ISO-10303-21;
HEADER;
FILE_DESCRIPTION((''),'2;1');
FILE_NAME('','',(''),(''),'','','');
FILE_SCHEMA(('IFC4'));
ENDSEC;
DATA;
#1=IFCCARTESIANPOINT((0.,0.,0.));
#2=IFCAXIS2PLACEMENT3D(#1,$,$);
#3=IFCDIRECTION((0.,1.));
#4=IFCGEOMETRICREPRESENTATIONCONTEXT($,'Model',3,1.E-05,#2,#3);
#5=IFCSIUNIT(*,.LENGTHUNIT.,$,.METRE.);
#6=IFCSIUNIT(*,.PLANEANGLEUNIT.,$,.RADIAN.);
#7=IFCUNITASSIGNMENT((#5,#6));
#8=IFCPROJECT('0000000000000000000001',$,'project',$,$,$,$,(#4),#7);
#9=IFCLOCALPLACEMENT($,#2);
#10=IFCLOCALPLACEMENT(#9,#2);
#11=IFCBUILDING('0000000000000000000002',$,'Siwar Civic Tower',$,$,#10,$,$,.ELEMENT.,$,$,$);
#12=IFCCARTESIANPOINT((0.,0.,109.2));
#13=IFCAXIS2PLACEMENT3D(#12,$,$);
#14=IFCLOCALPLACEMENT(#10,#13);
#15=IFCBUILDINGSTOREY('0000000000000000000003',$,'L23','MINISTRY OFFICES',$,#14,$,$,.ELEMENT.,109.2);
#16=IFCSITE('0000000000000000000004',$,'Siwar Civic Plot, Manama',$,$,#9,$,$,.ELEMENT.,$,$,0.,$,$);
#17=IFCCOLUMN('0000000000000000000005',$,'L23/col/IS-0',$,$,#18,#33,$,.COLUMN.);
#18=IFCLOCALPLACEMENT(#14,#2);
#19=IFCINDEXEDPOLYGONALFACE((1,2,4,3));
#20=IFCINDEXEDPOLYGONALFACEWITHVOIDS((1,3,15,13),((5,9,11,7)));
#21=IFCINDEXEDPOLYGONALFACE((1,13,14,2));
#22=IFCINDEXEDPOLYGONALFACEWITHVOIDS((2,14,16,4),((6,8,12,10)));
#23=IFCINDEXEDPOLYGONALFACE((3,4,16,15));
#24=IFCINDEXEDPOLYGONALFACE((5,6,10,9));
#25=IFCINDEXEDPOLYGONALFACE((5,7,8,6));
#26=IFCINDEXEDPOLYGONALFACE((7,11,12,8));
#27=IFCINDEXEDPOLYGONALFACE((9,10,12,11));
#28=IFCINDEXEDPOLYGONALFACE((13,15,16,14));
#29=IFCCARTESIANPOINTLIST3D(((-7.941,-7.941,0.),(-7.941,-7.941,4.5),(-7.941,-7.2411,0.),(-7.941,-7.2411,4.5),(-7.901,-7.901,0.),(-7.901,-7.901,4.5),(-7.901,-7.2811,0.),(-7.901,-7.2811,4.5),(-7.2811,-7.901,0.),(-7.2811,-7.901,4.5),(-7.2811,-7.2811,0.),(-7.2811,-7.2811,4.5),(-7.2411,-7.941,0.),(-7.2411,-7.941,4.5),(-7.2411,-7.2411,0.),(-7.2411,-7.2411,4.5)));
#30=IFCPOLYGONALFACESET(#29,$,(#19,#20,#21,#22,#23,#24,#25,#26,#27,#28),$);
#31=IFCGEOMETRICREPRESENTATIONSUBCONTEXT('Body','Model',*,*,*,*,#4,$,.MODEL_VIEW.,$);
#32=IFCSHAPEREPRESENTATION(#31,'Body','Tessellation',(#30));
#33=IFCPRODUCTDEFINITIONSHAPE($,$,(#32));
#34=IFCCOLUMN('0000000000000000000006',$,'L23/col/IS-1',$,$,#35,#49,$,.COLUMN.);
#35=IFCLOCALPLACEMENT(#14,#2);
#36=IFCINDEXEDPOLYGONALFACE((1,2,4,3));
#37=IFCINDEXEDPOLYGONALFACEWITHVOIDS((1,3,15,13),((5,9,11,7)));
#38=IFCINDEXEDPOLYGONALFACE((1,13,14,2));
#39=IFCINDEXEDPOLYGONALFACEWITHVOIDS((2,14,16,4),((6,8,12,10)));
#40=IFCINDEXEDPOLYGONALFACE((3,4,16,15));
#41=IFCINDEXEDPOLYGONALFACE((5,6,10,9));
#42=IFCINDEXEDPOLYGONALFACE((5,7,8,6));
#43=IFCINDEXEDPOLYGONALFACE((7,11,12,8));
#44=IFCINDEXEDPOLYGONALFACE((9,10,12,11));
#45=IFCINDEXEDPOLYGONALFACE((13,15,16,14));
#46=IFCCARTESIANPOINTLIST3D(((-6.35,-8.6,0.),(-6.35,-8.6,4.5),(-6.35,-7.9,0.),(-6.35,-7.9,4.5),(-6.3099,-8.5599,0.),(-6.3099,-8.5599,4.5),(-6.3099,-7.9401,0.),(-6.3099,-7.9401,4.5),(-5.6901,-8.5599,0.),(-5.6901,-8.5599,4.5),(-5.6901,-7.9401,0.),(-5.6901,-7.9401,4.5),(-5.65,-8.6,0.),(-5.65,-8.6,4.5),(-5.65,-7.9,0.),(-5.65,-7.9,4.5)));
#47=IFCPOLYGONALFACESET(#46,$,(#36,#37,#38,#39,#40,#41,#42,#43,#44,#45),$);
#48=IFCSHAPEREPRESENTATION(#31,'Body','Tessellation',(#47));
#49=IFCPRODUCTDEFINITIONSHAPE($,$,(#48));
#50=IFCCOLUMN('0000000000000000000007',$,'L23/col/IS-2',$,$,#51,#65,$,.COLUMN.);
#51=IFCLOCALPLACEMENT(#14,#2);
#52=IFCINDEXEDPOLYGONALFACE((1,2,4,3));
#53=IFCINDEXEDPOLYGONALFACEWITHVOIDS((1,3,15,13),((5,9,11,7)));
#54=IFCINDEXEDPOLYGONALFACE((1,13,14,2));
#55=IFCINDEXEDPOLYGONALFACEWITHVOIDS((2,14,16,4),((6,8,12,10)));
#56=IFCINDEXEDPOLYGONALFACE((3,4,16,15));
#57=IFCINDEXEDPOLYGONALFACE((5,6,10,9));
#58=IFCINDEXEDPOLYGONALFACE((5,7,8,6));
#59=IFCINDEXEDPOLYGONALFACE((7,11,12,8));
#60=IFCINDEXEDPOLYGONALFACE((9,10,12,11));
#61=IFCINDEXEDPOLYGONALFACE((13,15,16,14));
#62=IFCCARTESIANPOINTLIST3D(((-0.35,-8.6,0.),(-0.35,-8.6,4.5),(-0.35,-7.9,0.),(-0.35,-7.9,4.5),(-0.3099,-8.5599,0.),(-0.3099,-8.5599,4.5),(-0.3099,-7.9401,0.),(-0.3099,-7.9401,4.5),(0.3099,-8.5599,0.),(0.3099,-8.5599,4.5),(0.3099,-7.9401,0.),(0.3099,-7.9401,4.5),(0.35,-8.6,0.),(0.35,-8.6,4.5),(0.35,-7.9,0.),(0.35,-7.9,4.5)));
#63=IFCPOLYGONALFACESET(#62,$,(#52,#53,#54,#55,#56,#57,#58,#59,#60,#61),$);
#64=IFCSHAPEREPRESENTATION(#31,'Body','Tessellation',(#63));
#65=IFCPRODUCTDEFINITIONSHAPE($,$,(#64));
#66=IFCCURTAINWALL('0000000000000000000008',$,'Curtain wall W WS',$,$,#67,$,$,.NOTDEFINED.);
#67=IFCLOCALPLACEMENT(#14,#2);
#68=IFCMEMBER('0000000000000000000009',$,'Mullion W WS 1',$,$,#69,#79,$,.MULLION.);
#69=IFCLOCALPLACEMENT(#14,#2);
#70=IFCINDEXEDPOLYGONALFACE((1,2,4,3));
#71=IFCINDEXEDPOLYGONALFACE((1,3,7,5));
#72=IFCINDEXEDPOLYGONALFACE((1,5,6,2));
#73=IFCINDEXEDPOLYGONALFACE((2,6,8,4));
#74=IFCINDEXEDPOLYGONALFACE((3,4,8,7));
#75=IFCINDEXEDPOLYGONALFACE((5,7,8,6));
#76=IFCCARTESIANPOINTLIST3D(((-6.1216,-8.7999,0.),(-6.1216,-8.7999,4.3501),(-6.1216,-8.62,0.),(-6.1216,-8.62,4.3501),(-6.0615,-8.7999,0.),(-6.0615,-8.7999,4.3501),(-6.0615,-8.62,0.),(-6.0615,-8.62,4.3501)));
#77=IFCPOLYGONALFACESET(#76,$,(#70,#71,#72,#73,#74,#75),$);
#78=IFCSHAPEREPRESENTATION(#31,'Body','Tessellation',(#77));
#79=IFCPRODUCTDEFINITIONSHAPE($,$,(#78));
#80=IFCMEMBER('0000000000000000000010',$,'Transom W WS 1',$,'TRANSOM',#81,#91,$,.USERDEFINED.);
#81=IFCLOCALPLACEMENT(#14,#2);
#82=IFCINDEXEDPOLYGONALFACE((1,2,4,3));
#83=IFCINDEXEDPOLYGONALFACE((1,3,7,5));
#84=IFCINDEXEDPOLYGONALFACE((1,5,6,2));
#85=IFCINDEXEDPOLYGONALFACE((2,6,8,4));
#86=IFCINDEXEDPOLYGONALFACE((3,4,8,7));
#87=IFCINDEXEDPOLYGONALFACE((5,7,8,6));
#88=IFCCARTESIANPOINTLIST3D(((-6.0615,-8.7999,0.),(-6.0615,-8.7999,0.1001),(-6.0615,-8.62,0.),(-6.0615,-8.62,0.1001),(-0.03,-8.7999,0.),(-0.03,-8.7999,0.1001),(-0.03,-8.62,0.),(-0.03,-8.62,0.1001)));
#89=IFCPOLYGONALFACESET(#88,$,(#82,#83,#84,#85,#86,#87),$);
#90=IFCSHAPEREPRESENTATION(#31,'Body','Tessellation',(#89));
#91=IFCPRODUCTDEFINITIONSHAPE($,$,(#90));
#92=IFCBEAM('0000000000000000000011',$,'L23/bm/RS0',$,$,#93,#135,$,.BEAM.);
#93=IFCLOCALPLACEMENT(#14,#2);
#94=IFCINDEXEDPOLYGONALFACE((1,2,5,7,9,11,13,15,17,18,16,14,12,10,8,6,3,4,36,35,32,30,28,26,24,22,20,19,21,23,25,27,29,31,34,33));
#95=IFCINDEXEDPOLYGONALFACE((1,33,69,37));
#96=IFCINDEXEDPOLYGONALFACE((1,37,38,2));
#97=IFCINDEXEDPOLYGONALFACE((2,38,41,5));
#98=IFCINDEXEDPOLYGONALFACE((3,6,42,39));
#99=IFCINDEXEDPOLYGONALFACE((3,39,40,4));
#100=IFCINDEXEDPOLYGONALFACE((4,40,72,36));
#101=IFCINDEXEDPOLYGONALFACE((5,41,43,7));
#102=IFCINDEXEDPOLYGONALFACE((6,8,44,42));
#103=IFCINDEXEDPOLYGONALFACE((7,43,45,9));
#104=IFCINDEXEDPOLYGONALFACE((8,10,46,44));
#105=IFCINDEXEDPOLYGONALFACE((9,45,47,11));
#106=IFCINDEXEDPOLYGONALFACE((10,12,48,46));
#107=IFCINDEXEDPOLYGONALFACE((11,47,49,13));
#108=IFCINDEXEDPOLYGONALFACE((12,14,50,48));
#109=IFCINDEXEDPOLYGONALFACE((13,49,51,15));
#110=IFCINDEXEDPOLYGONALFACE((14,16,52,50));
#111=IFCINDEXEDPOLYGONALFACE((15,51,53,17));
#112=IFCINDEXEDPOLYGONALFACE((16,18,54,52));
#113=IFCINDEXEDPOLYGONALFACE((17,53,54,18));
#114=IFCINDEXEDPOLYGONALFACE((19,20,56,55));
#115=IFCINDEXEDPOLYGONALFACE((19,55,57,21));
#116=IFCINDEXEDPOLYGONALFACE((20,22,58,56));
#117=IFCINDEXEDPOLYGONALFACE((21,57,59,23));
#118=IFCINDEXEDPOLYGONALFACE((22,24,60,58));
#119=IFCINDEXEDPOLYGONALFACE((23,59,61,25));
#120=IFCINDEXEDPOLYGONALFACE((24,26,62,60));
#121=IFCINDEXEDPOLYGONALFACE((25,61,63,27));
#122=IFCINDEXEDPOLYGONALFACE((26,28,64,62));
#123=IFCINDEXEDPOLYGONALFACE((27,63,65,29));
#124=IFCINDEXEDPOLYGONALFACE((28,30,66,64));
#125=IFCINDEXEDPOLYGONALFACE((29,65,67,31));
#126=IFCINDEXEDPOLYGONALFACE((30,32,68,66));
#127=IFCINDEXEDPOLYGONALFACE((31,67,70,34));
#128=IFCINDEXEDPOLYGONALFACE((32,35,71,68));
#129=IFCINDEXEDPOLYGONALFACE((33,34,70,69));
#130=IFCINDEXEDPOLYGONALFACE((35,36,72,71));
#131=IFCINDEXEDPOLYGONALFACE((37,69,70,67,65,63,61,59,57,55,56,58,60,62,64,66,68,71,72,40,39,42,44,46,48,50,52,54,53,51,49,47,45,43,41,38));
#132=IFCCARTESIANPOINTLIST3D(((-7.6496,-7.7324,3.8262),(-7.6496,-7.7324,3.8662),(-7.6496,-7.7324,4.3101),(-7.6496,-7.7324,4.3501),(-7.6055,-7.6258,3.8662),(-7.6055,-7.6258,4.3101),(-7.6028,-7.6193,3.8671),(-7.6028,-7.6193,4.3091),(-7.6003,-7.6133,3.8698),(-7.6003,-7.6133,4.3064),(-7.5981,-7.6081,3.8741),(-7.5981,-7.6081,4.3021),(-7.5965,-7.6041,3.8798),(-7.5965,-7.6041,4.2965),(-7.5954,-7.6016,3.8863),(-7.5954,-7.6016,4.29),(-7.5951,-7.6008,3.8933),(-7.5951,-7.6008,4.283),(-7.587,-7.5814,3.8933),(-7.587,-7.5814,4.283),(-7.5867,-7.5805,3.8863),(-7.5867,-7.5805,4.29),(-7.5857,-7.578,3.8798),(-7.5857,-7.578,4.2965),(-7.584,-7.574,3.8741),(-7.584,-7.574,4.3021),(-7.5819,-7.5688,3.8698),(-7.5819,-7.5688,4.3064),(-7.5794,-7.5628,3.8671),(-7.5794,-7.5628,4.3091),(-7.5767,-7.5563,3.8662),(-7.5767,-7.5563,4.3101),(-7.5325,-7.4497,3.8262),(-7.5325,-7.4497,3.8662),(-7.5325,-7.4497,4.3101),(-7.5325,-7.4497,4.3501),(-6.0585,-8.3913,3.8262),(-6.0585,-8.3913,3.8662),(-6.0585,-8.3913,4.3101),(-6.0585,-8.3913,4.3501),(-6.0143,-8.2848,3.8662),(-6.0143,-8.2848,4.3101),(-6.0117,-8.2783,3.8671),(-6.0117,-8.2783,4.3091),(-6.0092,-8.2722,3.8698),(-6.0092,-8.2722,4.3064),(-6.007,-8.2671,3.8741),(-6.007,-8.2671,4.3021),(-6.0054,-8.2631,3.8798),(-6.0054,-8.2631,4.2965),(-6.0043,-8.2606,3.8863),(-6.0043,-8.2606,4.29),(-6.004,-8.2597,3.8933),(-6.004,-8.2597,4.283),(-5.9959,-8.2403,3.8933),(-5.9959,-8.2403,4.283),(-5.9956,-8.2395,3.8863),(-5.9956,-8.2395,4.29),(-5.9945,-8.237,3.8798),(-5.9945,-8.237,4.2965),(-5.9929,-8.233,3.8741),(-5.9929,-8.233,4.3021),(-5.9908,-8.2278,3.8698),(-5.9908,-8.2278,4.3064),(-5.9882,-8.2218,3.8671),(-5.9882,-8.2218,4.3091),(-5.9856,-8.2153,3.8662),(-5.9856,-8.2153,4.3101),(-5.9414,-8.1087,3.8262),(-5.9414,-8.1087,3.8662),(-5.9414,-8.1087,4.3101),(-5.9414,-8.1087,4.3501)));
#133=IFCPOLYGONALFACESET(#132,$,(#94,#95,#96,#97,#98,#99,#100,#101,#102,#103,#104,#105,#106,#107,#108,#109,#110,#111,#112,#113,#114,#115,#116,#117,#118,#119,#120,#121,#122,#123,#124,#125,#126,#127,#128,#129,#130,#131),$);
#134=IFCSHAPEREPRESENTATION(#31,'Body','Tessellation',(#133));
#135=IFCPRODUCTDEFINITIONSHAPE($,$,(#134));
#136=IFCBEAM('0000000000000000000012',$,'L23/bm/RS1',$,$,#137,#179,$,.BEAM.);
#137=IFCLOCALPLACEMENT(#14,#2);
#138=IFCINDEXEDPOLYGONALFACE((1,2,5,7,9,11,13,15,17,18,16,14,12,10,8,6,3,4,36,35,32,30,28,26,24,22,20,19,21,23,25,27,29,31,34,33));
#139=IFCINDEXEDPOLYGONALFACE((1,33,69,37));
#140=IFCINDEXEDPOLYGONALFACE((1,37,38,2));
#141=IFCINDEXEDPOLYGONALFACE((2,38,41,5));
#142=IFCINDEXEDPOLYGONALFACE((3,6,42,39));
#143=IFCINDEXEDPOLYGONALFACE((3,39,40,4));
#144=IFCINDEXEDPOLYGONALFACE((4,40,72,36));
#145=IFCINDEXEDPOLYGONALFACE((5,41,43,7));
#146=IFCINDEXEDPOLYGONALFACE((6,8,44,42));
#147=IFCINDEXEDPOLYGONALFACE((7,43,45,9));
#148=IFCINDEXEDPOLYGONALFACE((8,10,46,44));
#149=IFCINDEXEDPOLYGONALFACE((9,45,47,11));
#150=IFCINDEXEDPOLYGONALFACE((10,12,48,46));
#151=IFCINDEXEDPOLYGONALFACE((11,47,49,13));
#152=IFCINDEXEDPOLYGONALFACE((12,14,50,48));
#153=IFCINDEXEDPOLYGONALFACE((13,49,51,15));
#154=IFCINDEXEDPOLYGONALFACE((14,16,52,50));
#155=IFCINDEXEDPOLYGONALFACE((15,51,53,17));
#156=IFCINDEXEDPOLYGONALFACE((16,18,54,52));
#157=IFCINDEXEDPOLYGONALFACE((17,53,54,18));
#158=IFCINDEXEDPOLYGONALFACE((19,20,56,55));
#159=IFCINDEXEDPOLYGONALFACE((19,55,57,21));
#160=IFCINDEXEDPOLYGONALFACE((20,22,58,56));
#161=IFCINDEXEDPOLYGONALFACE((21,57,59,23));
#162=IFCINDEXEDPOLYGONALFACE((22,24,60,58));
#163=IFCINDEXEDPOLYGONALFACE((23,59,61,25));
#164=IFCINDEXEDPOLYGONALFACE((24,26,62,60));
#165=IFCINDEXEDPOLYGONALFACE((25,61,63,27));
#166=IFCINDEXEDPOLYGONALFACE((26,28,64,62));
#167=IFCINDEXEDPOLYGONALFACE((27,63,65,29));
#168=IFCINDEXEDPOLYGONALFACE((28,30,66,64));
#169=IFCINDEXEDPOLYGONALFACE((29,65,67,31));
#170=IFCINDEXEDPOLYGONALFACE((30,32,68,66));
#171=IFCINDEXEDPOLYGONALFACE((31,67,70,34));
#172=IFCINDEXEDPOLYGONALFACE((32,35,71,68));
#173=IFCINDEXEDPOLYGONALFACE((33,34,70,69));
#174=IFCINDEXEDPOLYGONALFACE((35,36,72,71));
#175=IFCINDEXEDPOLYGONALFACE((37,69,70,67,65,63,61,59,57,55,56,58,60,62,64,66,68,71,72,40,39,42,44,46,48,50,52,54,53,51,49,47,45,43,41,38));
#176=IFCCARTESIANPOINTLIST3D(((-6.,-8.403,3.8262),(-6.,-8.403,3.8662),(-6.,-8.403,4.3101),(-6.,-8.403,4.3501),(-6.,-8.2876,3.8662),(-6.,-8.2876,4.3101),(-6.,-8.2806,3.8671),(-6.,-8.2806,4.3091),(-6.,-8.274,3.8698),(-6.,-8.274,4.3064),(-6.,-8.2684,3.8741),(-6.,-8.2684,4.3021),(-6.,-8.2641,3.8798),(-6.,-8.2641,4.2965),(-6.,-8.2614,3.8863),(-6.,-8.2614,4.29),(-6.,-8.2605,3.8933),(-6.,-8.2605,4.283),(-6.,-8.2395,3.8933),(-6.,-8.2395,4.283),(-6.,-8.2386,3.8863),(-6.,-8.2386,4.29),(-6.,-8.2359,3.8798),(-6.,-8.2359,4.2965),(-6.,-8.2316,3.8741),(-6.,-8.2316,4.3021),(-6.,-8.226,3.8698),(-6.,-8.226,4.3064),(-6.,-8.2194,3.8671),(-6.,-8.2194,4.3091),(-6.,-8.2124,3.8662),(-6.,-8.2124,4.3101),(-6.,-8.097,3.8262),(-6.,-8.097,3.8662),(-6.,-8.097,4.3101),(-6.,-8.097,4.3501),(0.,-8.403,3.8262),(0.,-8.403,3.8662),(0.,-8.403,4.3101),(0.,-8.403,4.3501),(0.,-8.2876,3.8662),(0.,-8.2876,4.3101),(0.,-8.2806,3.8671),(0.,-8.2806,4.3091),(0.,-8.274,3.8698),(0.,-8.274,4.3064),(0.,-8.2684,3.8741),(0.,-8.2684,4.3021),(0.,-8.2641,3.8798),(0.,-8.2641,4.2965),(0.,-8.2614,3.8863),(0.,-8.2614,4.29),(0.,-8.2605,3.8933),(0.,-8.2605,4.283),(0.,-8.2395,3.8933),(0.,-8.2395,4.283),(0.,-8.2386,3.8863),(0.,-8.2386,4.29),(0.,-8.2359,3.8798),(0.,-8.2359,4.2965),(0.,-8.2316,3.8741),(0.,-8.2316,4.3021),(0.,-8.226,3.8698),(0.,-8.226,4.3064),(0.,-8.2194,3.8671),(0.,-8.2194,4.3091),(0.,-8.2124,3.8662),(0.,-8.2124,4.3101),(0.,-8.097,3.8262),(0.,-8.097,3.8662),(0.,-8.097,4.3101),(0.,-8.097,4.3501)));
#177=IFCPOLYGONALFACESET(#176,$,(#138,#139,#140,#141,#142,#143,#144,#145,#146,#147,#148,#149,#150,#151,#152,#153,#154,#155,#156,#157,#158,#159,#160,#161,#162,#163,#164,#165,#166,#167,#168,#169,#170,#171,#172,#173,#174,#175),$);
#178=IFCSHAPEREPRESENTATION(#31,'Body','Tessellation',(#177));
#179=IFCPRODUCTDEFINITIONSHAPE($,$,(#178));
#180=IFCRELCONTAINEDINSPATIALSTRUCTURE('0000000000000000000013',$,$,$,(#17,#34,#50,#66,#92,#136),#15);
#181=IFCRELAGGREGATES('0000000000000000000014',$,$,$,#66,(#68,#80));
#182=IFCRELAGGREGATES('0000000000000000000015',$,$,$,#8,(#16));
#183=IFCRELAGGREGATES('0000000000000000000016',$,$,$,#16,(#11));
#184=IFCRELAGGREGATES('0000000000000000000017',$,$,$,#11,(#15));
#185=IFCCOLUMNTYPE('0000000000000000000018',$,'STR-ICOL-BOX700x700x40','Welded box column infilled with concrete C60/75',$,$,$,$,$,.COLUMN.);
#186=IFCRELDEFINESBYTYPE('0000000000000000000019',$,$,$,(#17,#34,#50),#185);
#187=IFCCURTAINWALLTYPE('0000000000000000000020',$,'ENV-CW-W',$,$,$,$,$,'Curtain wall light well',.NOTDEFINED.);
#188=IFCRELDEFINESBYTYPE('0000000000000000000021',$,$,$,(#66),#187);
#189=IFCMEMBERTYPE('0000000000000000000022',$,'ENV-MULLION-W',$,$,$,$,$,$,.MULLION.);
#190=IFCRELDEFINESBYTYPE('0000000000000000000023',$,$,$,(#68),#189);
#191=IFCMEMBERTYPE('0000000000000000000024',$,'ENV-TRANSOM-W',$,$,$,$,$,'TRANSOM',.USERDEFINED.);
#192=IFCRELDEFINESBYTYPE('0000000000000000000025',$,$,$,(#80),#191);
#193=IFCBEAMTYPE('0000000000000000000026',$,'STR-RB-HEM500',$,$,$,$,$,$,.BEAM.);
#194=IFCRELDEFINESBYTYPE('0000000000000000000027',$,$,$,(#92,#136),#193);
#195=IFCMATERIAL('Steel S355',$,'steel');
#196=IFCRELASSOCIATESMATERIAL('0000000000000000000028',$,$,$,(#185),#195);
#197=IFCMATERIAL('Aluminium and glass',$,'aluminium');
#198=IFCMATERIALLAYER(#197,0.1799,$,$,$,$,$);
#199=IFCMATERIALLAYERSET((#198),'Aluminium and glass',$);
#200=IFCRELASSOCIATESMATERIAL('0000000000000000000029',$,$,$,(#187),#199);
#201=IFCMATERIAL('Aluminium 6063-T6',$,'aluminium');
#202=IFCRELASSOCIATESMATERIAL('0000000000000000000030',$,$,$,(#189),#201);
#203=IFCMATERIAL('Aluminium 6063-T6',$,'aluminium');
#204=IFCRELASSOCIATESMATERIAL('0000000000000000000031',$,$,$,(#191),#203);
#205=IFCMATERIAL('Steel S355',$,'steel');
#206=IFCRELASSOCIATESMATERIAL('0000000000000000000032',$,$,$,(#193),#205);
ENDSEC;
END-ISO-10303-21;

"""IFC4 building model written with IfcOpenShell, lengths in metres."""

from ifc_helpers import new_model, si_unit, direction, frame, origin, origin_2d, place, context, subcontext, project, spatial, rectangle, hollow_rectangle, i_section, extrude, material, layer, layer_set, material_profile, profile_set, type_object, element, aggregate, save


model = new_model("IFC4")

# Units and contexts
model_context = context("Model", 3, precision=1e-05, world=origin(), true_north=direction((0.0, 1.0)))
body_context = subcontext(model_context, "Body", "Model", "MODEL_VIEW")
ifc_project = project(units=[si_unit("LENGTHUNIT", "METRE"), si_unit("PLANEANGLEUNIT", "RADIAN")], contexts=[model_context])

# Site, building, storey
site_placement = place(None, origin())
site = spatial("IfcSite", under=ifc_project, at=site_placement, Name="Siwar Civic Plot, Manama", CompositionType="ELEMENT", RefElevation=0.0)
building_placement = place(site_placement, origin())
building = spatial("IfcBuilding", under=site, at=building_placement, Name="Siwar Civic Tower", CompositionType="ELEMENT")
storey_placement = place(building_placement, frame((0.0, 0.0, 109.2)))
storey = spatial("IfcBuildingStorey", under=building, at=storey_placement, Name="L23", Description="MINISTRY OFFICES", CompositionType="ELEMENT", Elevation=109.2)

# Columns
ifc_material_1 = material(Name="Steel S355", Category="steel")
ifc_material_profile_1 = material_profile(ifc_material_1, hollow_rectangle(XDim=0.7, YDim=0.7, WallThickness=0.04, at=origin_2d()), Name="BOX700x700x40")
ifc_profile_set_1 = profile_set([ifc_material_profile_1], Name="Steel S355")
column_type = type_object("IfcColumnType", Name="STR-ICOL-BOX700x700x40", Description="Welded box column infilled with concrete C60/75", PredefinedType="COLUMN", material=ifc_profile_set_1)
for number, where, z_axis, x_axis, name in (
    (1, (-7.5911, -7.5911, 0.0), (0.0, 0.0, 1.0), (1.0, 0.0, 0.0), "L23/col/IS-0"),
    (2, (-6.0, -8.25, 0.0), (0.0, 0.0, 1.0), (1.0, 0.0, 0.0), "L23/col/IS-1"),
    (3, (0.0, -8.25, 0.0), (0.0, 0.0, 1.0), (1.0, 0.0, 0.0), "L23/col/IS-2"),
):
    element("IfcColumn", number, at=place(storey_placement, frame(where, z_axis=z_axis, x_axis=x_axis)), inside=storey, type_object=column_type, Name=name, PredefinedType="COLUMN", context=body_context, shape_type="SweptSolid", body=[
        extrude(hollow_rectangle(XDim=0.7, YDim=0.7, WallThickness=0.04, at=origin_2d()), origin(), (0.0, 0.0, 1.0), 4.5),
    ])

# Curtain wall, members
ifc_material_2 = material(Name="Aluminium and glass", Category="aluminium")
ifc_layer_1 = layer(ifc_material_2, 0.1799)
ifc_layer_set_1 = layer_set([ifc_layer_1], Name="Aluminium and glass")
curtain_wall_type = type_object("IfcCurtainWallType", Name="ENV-CW-W", ElementType="Curtain wall light well", PredefinedType="NOTDEFINED", material=ifc_layer_set_1)
curtain_wall_placement = place(storey_placement, origin())
curtain_wall = element("IfcCurtainWall", 4, at=curtain_wall_placement, inside=storey, type_object=curtain_wall_type, Name="Curtain wall W WS", PredefinedType="NOTDEFINED")
ifc_material_3 = material(Name="Aluminium 6063-T6", Category="aluminium")
ifc_material_profile_2 = material_profile(ifc_material_3, rectangle(XDim=0.1799, YDim=0.0601, at=origin_2d()), Name="AL 180x60")
ifc_profile_set_2 = profile_set([ifc_material_profile_2], Name="Aluminium 6063-T6")
member_type_1 = type_object("IfcMemberType", Name="ENV-MULLION-W", PredefinedType="MULLION", material=ifc_profile_set_2)
member_1_placement = place(storey_placement, frame((-6.0916, -8.71, 0.0), z_axis=(0.0, 0.0, 1.0), x_axis=(0.0, 1.0, 0.0)))
member_1 = element("IfcMember", 5, at=member_1_placement, type_object=member_type_1, Name="Mullion W WS 1", PredefinedType="MULLION", context=body_context, shape_type="SweptSolid", body=[
    extrude(rectangle(XDim=0.1799, YDim=0.0601, at=origin_2d()), origin(), (0.0, 0.0, 1.0), 4.3501),
])
ifc_material_4 = material(Name="Aluminium 6063-T6", Category="aluminium")
ifc_material_profile_3 = material_profile(ifc_material_4, rectangle(XDim=0.1799, YDim=0.1001, at=origin_2d()), Name="AL 180x100")
ifc_profile_set_3 = profile_set([ifc_material_profile_3], Name="Aluminium 6063-T6")
member_type_2 = type_object("IfcMemberType", Name="ENV-TRANSOM-W", ElementType="TRANSOM", PredefinedType="USERDEFINED", material=ifc_profile_set_3)
member_2_placement = place(storey_placement, frame((-6.0615, -8.71, 0.05), z_axis=(1.0, 0.0, 0.0), x_axis=(0.0, 1.0, 0.0)))
member_2 = element("IfcMember", 6, at=member_2_placement, type_object=member_type_2, Name="Transom W WS 1", ObjectType="TRANSOM", PredefinedType="USERDEFINED", context=body_context, shape_type="SweptSolid", body=[
    extrude(rectangle(XDim=0.1799, YDim=0.1001, at=origin_2d()), origin(), (0.0, 0.0, 1.0), 6.0315),
])

# Beams
ifc_material_5 = material(Name="Steel S355", Category="steel")
ifc_material_profile_4 = material_profile(ifc_material_5, i_section(OverallWidth=0.3059, OverallDepth=0.5239, WebThickness=0.021, FlangeThickness=0.04, FilletRadius=0.0271, at=origin_2d()), Name="HEM500")
ifc_profile_set_4 = profile_set([ifc_material_profile_4], Name="Steel S355")
beam_type = type_object("IfcBeamType", Name="STR-RB-HEM500", PredefinedType="BEAM", material=ifc_profile_set_4)
beam_1_placement = place(storey_placement, frame((-7.5911, -7.5911, 4.0881), z_axis=(0.923901, -0.382631, 0.0), x_axis=(0.382631, 0.923901, 0.0)))
element("IfcBeam", 7, at=beam_1_placement, inside=storey, type_object=beam_type, Name="L23/bm/RS0", PredefinedType="BEAM", context=body_context, shape_type="SweptSolid", body=[
    extrude(i_section(OverallWidth=0.3059, OverallDepth=0.5239, WebThickness=0.021, FlangeThickness=0.04, FilletRadius=0.0271, at=origin_2d()), origin(), (0.0, 0.0, 1.0), 1.7222),
])
for number, where, z_axis, x_axis, name in (
    (8, (-6.0, -8.25, 4.0881), (1.0, 0.0, 0.0), (0.0, 1.0, 0.0), "L23/bm/RS1"),
):
    element("IfcBeam", number, at=place(storey_placement, frame(where, z_axis=z_axis, x_axis=x_axis)), inside=storey, type_object=beam_type, Name=name, PredefinedType="BEAM", context=body_context, shape_type="SweptSolid", body=[
        extrude(i_section(OverallWidth=0.3059, OverallDepth=0.5239, WebThickness=0.021, FlangeThickness=0.04, FilletRadius=0.0271, at=origin_2d()), origin(), (0.0, 0.0, 1.0), 6.0),
    ])

aggregate(curtain_wall, [member_1, member_2])

save(model, "model.ifc")
